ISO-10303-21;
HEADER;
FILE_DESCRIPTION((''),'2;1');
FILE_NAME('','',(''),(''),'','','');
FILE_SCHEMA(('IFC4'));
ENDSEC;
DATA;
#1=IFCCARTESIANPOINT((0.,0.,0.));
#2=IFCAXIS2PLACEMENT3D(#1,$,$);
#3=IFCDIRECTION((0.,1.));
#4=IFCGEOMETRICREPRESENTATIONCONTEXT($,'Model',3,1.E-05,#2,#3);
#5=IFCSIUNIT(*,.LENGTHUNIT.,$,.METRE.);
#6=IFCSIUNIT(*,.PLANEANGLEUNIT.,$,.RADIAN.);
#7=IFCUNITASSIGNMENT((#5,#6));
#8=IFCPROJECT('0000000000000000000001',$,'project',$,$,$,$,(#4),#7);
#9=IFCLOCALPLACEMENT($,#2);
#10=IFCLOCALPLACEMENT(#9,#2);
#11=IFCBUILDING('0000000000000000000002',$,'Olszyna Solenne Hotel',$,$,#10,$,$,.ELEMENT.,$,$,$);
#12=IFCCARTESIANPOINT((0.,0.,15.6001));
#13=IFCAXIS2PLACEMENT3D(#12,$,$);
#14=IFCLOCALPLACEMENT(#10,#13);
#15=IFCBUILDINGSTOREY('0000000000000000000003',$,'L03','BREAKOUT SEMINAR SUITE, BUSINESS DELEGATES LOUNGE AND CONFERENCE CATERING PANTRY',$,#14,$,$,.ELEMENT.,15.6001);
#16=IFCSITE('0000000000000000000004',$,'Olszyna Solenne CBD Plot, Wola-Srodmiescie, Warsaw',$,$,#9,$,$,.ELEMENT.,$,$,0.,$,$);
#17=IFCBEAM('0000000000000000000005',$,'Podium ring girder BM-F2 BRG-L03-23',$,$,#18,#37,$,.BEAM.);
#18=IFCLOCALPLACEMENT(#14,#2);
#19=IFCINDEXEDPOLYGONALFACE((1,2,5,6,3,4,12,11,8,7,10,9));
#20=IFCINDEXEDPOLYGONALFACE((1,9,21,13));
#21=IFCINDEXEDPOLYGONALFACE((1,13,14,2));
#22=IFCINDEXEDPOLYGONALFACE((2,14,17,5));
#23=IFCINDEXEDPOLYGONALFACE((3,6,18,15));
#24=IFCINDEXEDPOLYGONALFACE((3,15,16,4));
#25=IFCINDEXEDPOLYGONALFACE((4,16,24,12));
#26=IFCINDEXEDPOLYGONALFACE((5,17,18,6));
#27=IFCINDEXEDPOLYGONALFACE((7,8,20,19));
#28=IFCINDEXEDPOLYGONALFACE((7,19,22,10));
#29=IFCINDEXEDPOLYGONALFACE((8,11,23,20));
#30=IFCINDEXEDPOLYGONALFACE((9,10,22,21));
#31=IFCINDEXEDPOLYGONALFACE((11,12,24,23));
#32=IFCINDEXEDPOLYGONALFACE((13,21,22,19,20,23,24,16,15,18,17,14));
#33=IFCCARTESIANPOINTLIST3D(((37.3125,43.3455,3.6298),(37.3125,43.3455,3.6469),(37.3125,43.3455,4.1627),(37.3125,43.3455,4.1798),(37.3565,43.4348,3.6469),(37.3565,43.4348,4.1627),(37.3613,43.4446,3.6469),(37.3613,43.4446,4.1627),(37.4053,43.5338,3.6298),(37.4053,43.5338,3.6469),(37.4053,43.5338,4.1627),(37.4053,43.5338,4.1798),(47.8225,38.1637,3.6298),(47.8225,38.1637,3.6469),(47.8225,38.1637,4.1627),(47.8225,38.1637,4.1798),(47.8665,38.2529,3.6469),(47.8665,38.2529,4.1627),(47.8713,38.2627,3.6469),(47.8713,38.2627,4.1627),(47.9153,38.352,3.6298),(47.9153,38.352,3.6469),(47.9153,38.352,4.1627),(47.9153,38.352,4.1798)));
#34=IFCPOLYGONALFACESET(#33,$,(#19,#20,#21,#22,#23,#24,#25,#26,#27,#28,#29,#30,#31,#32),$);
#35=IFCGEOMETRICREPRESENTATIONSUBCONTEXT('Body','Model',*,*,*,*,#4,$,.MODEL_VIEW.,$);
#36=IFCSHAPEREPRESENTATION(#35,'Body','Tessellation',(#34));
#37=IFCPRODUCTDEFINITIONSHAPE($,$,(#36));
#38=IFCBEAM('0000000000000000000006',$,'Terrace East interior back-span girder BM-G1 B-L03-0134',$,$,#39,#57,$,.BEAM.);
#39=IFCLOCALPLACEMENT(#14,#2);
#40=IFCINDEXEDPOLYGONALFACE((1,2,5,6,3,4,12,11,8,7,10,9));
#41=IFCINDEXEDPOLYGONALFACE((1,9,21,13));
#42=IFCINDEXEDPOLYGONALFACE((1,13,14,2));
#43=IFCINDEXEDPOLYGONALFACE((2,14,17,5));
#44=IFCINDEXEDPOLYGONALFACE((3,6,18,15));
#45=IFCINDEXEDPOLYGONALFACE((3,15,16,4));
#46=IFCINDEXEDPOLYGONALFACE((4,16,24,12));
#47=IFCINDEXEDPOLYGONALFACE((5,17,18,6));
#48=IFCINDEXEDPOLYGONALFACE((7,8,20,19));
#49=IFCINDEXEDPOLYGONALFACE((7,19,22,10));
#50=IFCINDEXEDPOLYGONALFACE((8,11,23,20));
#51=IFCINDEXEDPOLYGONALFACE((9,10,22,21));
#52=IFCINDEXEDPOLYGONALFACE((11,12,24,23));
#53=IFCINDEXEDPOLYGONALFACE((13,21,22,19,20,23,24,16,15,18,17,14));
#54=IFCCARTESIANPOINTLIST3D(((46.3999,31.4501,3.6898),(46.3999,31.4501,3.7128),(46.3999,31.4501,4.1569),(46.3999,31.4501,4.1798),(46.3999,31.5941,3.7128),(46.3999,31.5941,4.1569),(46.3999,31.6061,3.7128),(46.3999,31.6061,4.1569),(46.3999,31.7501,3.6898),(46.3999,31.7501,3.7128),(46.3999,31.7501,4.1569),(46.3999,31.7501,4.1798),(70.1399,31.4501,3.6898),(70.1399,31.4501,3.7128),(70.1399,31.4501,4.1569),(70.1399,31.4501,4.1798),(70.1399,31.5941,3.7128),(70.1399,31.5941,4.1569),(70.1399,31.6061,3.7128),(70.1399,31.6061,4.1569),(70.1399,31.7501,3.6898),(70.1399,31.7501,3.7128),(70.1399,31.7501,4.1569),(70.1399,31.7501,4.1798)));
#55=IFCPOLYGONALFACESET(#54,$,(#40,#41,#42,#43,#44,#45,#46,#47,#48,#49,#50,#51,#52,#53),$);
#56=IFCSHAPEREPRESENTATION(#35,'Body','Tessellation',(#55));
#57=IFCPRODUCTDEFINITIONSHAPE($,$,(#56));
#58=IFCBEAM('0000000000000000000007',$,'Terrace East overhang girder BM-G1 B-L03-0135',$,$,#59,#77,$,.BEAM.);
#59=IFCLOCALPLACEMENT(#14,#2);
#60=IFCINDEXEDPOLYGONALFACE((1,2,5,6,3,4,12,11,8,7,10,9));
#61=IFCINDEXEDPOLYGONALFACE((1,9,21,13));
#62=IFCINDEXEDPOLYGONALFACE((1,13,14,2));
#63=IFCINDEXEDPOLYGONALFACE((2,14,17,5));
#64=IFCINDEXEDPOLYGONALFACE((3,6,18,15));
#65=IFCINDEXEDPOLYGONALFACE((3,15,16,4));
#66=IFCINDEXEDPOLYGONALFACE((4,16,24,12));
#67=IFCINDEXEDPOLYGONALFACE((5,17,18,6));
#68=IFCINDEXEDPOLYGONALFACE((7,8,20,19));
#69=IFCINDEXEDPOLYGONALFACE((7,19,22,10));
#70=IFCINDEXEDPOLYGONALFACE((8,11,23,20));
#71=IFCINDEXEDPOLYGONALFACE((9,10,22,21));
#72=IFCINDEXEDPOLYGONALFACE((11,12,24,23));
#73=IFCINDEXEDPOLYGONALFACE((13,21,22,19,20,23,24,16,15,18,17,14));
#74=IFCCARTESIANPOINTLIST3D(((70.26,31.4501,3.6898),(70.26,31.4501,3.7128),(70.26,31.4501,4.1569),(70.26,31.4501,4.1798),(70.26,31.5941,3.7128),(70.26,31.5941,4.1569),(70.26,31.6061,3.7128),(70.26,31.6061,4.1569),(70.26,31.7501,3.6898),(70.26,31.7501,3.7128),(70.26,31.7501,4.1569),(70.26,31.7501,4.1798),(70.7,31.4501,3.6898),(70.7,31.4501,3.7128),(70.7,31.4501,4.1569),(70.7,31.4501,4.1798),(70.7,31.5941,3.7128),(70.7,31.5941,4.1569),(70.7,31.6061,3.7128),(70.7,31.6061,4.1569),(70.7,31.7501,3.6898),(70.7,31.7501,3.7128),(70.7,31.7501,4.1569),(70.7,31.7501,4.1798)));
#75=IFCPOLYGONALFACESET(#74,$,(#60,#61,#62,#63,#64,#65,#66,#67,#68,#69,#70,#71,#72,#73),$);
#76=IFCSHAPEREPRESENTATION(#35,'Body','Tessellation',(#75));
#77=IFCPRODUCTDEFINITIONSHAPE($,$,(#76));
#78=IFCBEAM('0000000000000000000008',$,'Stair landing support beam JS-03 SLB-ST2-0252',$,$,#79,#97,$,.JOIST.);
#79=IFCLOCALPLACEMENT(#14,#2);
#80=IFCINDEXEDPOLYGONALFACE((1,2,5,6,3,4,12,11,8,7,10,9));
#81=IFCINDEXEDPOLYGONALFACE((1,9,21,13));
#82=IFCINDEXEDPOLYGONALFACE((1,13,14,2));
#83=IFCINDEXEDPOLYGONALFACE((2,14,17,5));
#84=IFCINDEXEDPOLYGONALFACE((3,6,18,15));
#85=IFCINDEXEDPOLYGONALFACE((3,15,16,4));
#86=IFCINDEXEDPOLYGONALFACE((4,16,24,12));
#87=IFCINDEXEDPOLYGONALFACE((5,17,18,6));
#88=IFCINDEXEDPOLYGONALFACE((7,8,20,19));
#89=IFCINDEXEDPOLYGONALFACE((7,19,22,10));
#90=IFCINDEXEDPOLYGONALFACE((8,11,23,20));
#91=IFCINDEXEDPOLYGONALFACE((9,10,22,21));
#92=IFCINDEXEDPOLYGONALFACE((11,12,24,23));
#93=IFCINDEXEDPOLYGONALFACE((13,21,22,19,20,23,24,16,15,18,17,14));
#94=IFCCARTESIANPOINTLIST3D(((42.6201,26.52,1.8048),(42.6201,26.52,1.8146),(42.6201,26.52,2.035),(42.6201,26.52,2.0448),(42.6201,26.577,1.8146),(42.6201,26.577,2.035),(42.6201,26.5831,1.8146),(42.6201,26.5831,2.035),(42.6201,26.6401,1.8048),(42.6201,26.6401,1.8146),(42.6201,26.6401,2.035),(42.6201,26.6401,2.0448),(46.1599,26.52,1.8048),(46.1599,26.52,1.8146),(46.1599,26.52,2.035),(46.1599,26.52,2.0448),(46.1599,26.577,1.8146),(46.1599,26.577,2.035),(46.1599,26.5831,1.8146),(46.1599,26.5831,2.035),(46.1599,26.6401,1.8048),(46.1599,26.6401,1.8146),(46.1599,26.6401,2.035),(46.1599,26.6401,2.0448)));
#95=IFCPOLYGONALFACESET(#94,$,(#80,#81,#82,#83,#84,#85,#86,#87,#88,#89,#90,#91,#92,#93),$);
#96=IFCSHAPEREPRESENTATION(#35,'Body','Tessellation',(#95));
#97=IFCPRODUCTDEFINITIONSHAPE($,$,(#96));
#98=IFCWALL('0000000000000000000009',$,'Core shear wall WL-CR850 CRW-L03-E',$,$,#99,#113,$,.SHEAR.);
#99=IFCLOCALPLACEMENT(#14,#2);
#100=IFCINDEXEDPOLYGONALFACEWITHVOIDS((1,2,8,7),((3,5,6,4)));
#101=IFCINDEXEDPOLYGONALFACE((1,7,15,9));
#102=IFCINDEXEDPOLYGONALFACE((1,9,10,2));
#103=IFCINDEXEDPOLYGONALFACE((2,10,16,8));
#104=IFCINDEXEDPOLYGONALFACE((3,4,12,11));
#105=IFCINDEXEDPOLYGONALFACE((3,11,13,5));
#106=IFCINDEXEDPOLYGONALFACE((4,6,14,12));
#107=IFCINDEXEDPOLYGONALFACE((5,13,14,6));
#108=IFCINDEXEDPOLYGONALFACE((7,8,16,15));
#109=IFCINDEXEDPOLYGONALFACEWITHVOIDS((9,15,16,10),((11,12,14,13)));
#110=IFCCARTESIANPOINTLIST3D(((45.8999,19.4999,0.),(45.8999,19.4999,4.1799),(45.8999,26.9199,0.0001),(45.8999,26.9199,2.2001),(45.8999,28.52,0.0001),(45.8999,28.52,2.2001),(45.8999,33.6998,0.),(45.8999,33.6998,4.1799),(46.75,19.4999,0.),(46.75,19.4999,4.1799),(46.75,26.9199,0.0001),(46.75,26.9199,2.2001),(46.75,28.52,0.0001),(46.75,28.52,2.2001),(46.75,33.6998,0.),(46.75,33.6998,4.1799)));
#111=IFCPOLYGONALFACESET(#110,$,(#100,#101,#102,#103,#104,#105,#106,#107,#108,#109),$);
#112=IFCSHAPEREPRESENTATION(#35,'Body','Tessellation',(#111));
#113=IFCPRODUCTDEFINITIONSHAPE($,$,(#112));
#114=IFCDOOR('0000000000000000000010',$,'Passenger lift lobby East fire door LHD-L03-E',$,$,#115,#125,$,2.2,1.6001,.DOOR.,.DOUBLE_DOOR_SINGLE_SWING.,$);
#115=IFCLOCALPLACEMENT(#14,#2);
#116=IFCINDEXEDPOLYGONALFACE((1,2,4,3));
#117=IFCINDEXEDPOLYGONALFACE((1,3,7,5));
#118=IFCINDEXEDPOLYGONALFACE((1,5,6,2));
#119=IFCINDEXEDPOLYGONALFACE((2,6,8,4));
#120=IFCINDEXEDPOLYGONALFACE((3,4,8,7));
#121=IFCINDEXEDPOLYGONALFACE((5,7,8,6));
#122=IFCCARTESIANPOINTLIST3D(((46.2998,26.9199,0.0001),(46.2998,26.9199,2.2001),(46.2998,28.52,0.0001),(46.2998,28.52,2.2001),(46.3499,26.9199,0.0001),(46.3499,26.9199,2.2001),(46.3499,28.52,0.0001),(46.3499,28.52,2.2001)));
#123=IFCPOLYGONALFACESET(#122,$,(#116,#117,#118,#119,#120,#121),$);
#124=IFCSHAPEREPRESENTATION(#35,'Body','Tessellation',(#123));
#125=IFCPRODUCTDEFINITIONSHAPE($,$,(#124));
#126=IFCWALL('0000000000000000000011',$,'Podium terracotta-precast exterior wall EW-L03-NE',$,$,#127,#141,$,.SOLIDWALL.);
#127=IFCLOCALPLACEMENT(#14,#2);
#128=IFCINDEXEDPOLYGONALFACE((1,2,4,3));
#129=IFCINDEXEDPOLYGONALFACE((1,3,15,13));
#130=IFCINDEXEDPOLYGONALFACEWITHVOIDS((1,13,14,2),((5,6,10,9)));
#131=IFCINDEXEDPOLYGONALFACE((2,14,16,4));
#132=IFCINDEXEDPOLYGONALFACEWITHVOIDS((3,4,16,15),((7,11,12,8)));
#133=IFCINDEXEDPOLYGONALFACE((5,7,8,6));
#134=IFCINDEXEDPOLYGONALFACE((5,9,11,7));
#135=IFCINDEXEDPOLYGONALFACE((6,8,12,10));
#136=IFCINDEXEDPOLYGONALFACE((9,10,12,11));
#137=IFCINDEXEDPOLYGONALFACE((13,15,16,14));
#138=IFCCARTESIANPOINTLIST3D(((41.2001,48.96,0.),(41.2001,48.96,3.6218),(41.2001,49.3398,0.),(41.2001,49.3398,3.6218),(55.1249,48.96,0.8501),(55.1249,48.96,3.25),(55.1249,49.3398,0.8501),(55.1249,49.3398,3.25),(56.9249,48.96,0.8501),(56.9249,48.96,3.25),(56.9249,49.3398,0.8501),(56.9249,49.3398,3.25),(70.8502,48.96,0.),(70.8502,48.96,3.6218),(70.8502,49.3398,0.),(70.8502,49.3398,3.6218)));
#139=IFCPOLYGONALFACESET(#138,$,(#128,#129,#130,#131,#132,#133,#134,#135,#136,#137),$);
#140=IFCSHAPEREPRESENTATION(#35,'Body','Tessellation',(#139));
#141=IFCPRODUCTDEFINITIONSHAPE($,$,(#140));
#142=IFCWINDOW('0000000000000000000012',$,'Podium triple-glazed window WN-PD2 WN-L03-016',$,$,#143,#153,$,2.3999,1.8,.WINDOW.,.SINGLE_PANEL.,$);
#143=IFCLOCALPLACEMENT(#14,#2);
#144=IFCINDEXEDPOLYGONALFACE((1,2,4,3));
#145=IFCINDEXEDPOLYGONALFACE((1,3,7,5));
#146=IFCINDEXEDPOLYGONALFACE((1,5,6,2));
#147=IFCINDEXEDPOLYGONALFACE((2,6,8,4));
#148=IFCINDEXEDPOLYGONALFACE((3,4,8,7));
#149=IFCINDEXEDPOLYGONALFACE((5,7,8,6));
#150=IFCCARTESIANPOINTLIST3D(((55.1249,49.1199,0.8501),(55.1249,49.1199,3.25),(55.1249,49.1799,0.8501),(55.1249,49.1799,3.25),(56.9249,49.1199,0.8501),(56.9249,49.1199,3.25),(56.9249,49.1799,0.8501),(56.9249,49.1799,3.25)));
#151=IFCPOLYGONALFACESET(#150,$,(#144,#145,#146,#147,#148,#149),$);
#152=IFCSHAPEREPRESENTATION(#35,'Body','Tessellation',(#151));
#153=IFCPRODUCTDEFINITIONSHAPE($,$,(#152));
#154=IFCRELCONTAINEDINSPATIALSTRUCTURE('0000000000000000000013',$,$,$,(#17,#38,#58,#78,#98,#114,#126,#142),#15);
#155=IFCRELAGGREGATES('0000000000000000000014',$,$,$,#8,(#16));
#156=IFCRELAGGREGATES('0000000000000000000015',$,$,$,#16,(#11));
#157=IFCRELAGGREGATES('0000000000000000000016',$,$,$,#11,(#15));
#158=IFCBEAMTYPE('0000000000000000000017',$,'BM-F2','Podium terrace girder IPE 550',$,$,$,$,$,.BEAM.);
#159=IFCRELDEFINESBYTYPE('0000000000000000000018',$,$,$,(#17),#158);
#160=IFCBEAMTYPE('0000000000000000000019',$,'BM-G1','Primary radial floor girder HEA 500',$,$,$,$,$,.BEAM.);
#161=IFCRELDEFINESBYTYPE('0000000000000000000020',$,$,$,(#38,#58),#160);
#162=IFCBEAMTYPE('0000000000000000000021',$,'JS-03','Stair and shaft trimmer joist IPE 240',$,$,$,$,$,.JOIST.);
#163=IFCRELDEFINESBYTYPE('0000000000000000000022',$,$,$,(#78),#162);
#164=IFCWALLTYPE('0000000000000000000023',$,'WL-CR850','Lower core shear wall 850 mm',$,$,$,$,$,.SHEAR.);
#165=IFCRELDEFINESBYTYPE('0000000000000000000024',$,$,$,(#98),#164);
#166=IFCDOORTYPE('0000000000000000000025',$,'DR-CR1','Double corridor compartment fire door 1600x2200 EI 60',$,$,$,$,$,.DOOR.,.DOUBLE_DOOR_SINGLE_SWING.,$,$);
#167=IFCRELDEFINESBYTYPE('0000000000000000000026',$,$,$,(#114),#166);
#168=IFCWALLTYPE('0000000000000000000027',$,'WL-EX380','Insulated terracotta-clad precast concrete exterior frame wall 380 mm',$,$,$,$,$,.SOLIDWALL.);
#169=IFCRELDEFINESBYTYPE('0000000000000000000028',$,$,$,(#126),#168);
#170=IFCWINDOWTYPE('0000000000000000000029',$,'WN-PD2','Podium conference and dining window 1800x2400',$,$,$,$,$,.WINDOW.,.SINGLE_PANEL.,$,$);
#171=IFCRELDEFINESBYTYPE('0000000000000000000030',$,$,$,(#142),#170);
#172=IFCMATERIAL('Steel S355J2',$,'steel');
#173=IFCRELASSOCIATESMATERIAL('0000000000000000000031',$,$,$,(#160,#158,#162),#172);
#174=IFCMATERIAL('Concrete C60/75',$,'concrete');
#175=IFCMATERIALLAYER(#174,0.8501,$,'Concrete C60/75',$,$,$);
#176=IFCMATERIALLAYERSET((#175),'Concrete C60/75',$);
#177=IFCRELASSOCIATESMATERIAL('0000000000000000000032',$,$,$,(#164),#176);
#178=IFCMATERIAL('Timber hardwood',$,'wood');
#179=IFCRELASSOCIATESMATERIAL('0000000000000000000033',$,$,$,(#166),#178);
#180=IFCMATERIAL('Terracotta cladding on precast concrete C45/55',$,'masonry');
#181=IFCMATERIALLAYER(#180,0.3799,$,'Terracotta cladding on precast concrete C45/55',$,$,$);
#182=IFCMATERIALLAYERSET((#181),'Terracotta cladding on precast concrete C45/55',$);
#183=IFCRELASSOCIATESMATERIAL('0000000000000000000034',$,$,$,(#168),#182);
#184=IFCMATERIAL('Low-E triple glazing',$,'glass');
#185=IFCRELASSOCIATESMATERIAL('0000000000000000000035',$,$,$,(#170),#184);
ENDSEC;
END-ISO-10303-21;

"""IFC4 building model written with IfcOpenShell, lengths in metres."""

from ifc_helpers import new_model, si_unit, direction, frame, frame_2d, origin, origin_2d, place, context, subcontext, project, spatial, rectangle, i_section, extrude, source, transform, mapped, material, layer, layer_set, material_profile, profile_set, type_object, type_shapes, element, fill, save


model = new_model("IFC4")

# Units and contexts
model_context = context("Model", 3, precision=1e-05, world=origin(), true_north=direction((0.0, 1.0)))
body_context = subcontext(model_context, "Body", "Model", "MODEL_VIEW")
ifc_project = project(units=[si_unit("LENGTHUNIT", "METRE"), si_unit("PLANEANGLEUNIT", "RADIAN")], contexts=[model_context])

# Site, building, storey
site_placement = place(None, origin())
site = spatial("IfcSite", under=ifc_project, at=site_placement, Name="Olszyna Solenne CBD Plot, Wola-Srodmiescie, Warsaw", CompositionType="ELEMENT", RefElevation=0.0)
building_placement = place(site_placement, origin())
building = spatial("IfcBuilding", under=site, at=building_placement, Name="Olszyna Solenne Hotel", CompositionType="ELEMENT")
storey_placement = place(building_placement, frame((0.0, 0.0, 15.6001)))
storey = spatial("IfcBuildingStorey", under=building, at=storey_placement, Name="L03", Description="BREAKOUT SEMINAR SUITE, BUSINESS DELEGATES LOUNGE AND CONFERENCE CATERING PANTRY", CompositionType="ELEMENT", Elevation=15.6001)

# Shared definitions
ifc_material_1 = material(Name="Concrete C60/75", Category="concrete")

# Beams
ifc_material_2 = material(Name="Steel S355J2", Category="steel")
ifc_material_profile_1 = material_profile(ifc_material_2, i_section(OverallWidth=0.3, OverallDepth=0.49, WebThickness=0.012, FlangeThickness=0.0229, at=origin_2d()), Name="HEA 500", Category="load-bearing")
ifc_profile_set_1 = profile_set([ifc_material_profile_1], Name="Steel S355J2")
beam_type_1 = type_object("IfcBeamType", Name="BM-G1", Description="Primary radial floor girder HEA 500", PredefinedType="BEAM", material=ifc_profile_set_1)
ifc_material_profile_2 = material_profile(ifc_material_2, i_section(OverallWidth=0.21, OverallDepth=0.55, WebThickness=0.011, FlangeThickness=0.0171, at=origin_2d()), Name="IPE 550", Category="load-bearing")
ifc_profile_set_2 = profile_set([ifc_material_profile_2], Name="Steel S355J2")
beam_type_2 = type_object("IfcBeamType", Name="BM-F2", Description="Podium terrace girder IPE 550", PredefinedType="BEAM", material=ifc_profile_set_2)
shared_shape_1 = source(origin(), body_context, "Body", "SweptSolid", [
    extrude(i_section(OverallWidth=0.21, OverallDepth=0.55, WebThickness=0.011, FlangeThickness=0.0171, at=origin_2d()), origin(), (0.0, 0.0, 1.0), 11.718),
])
beam_1_placement = place(storey_placement, frame((47.8689, 38.2578, 3.9048), z_axis=(-0.896909, 0.442215, 0.0), x_axis=(-0.442215, -0.896909, 0.0)))
element("IfcBeam", 1, at=beam_1_placement, inside=storey, type_object=beam_type_2, Name="Podium ring girder BM-F2 BRG-L03-23", PredefinedType="BEAM", context=body_context, shape_type="MappedRepresentation", body=[
    mapped(shared_shape_1, transform((0.0, 0.0, 0.0), x_axis=(1.0, 0.0, 0.0), y_axis=(0.0, 1.0, 0.0), z_axis=(0.0, 0.0, 1.0), scale=1.0)),
])
shared_shape_2 = source(origin(), body_context, "Body", "SweptSolid", [
    extrude(i_section(OverallWidth=0.3, OverallDepth=0.49, WebThickness=0.012, FlangeThickness=0.0229, at=origin_2d()), origin(), (0.0, 0.0, 1.0), 23.74),
])
beam_2_placement = place(storey_placement, frame((46.3999, 31.6001, 3.9348), z_axis=(1.0, 0.0, 0.0), x_axis=(0.0, 1.0, 0.0)))
element("IfcBeam", 2, at=beam_2_placement, inside=storey, type_object=beam_type_1, Name="Terrace East interior back-span girder BM-G1 B-L03-0134", PredefinedType="BEAM", context=body_context, shape_type="MappedRepresentation", body=[
    mapped(shared_shape_2, transform((0.0, 0.0, 0.0), x_axis=(1.0, 0.0, 0.0), y_axis=(0.0, 1.0, 0.0), z_axis=(0.0, 0.0, 1.0), scale=1.0)),
])
shared_shape_3 = source(origin(), body_context, "Body", "SweptSolid", [
    extrude(i_section(OverallWidth=0.3, OverallDepth=0.49, WebThickness=0.012, FlangeThickness=0.0229, at=origin_2d()), origin(), (0.0, 0.0, 1.0), 0.4399),
])
beam_3_placement = place(storey_placement, frame((70.26, 31.6001, 3.9348), z_axis=(1.0, 0.0, 0.0), x_axis=(0.0, 1.0, 0.0)))
element("IfcBeam", 3, at=beam_3_placement, inside=storey, type_object=beam_type_1, Name="Terrace East overhang girder BM-G1 B-L03-0135", PredefinedType="BEAM", context=body_context, shape_type="MappedRepresentation", body=[
    mapped(shared_shape_3, transform((0.0, 0.0, 0.0), x_axis=(1.0, 0.0, 0.0), y_axis=(0.0, 1.0, 0.0), z_axis=(0.0, 0.0, 1.0), scale=1.0)),
])
ifc_material_profile_3 = material_profile(ifc_material_2, i_section(OverallWidth=0.1201, OverallDepth=0.24, WebThickness=0.0061, FlangeThickness=0.0098, at=origin_2d()), Name="IPE 240", Category="load-bearing")
ifc_profile_set_3 = profile_set([ifc_material_profile_3], Name="Steel S355J2")
beam_type_3 = type_object("IfcBeamType", Name="JS-03", Description="Stair and shaft trimmer joist IPE 240", PredefinedType="JOIST", material=ifc_profile_set_3)
shared_shape_4 = source(origin(), body_context, "Body", "SweptSolid", [
    extrude(i_section(OverallWidth=0.1201, OverallDepth=0.24, WebThickness=0.0061, FlangeThickness=0.0098, at=origin_2d()), origin(), (0.0, 0.0, 1.0), 3.5398),
])
beam_4_placement = place(storey_placement, frame((46.1599, 26.5801, 1.9248), z_axis=(-1.0, 0.0, 0.0), x_axis=(0.0, -1.0, 0.0)))
element("IfcBeam", 4, at=beam_4_placement, inside=storey, type_object=beam_type_3, Name="Stair landing support beam JS-03 SLB-ST2-0252", PredefinedType="JOIST", context=body_context, shape_type="MappedRepresentation", body=[
    mapped(shared_shape_4, transform((0.0, 0.0, 0.0), x_axis=(1.0, 0.0, 0.0), y_axis=(0.0, 1.0, 0.0), z_axis=(0.0, 0.0, 1.0), scale=1.0)),
])

# Wall, opening, door
ifc_layer_1 = layer(ifc_material_1, 0.8501, Name="Concrete C60/75")
ifc_layer_set_1 = layer_set([ifc_layer_1], Name="Concrete C60/75")
wall_type_1 = type_object("IfcWallType", Name="WL-CR850", Description="Lower core shear wall 850 mm", PredefinedType="SHEAR", material=ifc_layer_set_1)
wall_1_placement = place(storey_placement, frame((46.325, 33.7, 0.0), z_axis=(0.0, 0.0, 1.0), x_axis=(0.0, -1.0, 0.0)))
wall_1 = element("IfcWall", 5, at=wall_1_placement, inside=storey, type_object=wall_type_1, Name="Core shear wall WL-CR850 CRW-L03-E", PredefinedType="SHEAR", context=body_context, shape_type="SweptSolid", body=[
    extrude(rectangle(XDim=14.2, YDim=0.8501, at=frame_2d((7.1001, 0.0))), origin(), (0.0, 0.0, 1.0), 4.1799),
])
opening_1_placement = place(wall_1_placement, frame((5.1799, 0.0, 0.0)))
opening_1 = element("IfcOpeningElement", 6, at=opening_1_placement, cuts=wall_1, PredefinedType="OPENING", context=body_context, shape_type="SweptSolid", body=[
    extrude(rectangle(XDim=1.6001, YDim=2.2, at=frame_2d((0.8, 1.1001))), frame((0.0, 0.4351, 0.0), z_axis=(0.0, -1.0, 0.0), x_axis=(1.0, 0.0, 0.0)), (0.0, 0.0, 1.0), 0.8701),
])
ifc_material_3 = material(Name="Timber hardwood", Category="wood")
door_type_1 = type_object("IfcDoorType", Name="DR-CR1", Description="Double corridor compartment fire door 1600x2200 EI 60", OperationType="DOUBLE_DOOR_SINGLE_SWING", PredefinedType="DOOR", material=ifc_material_3)
shared_shape_5 = source(origin(), body_context, "Body", "SweptSolid", [
    extrude(rectangle(XDim=1.6001, YDim=2.2, at=frame_2d((0.8, 1.1001))), frame((0.0, 0.0249, 0.0), z_axis=(0.0, -1.0, 0.0), x_axis=(1.0, 0.0, 0.0)), (0.0, 0.0, 1.0), 0.05),
])
type_shapes(door_type_1, [shared_shape_5])
door_1_placement = place(opening_1_placement, origin())
door_1 = element("IfcDoor", 7, at=door_1_placement, inside=storey, type_object=door_type_1, Name="Passenger lift lobby East fire door LHD-L03-E", OperationType="DOUBLE_DOOR_SINGLE_SWING", OverallHeight=2.2, OverallWidth=1.6001, PredefinedType="DOOR", context=body_context, shape_type="MappedRepresentation", body=[
    mapped(shared_shape_5, transform((0.0, 0.0, 0.0), x_axis=(1.0, 0.0, 0.0), y_axis=(0.0, 1.0, 0.0), z_axis=(0.0, 0.0, 1.0), scale=1.0)),
])
fill(opening_1, door_1)

# Wall, opening, window
ifc_material_4 = material(Name="Terracotta cladding on precast concrete C45/55", Category="masonry")
ifc_layer_2 = layer(ifc_material_4, 0.3799, Name="Terracotta cladding on precast concrete C45/55")
ifc_layer_set_2 = layer_set([ifc_layer_2], Name="Terracotta cladding on precast concrete C45/55")
wall_type_2 = type_object("IfcWallType", Name="WL-EX380", Description="Insulated terracotta-clad precast concrete exterior frame wall 380 mm", PredefinedType="SOLIDWALL", material=ifc_layer_set_2)
wall_2_placement = place(storey_placement, frame((41.2, 49.1499, 0.0), z_axis=(0.0, 0.0, 1.0), x_axis=(1.0, 0.0, 0.0)))
wall_2 = element("IfcWall", 8, at=wall_2_placement, inside=storey, type_object=wall_type_2, Name="Podium terracotta-precast exterior wall EW-L03-NE", PredefinedType="SOLIDWALL", context=body_context, shape_type="SweptSolid", body=[
    extrude(rectangle(XDim=29.6501, YDim=0.3799, at=frame_2d((14.8252, 0.0))), origin(), (0.0, 0.0, 1.0), 3.6218),
])
opening_2_placement = place(wall_2_placement, frame((13.925, 0.0, 0.8501)))
opening_2 = element("IfcOpeningElement", 9, at=opening_2_placement, cuts=wall_2, PredefinedType="OPENING", context=body_context, shape_type="SweptSolid", body=[
    extrude(rectangle(XDim=1.8, YDim=2.3999, at=frame_2d((0.8999, 1.2))), frame((0.0, 0.2, 0.0), z_axis=(0.0, -1.0, 0.0), x_axis=(1.0, 0.0, 0.0)), (0.0, 0.0, 1.0), 0.3999),
])
ifc_material_5 = material(Name="Low-E triple glazing", Category="glass")
window_type = type_object("IfcWindowType", Name="WN-PD2", Description="Podium conference and dining window 1800x2400", PartitioningType="SINGLE_PANEL", PredefinedType="WINDOW", material=ifc_material_5)
shared_shape_6 = source(origin(), body_context, "Body", "SweptSolid", [
    extrude(rectangle(XDim=1.8, YDim=2.3999, at=frame_2d((0.8999, 1.2))), frame((0.0, 0.03, 0.0), z_axis=(0.0, -1.0, 0.0), x_axis=(1.0, 0.0, 0.0)), (0.0, 0.0, 1.0), 0.0601),
])
type_shapes(window_type, [shared_shape_6])
window_placement = place(opening_2_placement, origin())
window = element("IfcWindow", 10, at=window_placement, inside=storey, type_object=window_type, Name="Podium triple-glazed window WN-PD2 WN-L03-016", OverallHeight=2.3999, OverallWidth=1.8, PartitioningType="SINGLE_PANEL", PredefinedType="WINDOW", context=body_context, shape_type="MappedRepresentation", body=[
    mapped(shared_shape_6, transform((0.0, 0.0, 0.0), x_axis=(1.0, 0.0, 0.0), y_axis=(0.0, 1.0, 0.0), z_axis=(0.0, 0.0, 1.0), scale=1.0)),
])
fill(opening_2, window)

save(model, "model.ifc")
